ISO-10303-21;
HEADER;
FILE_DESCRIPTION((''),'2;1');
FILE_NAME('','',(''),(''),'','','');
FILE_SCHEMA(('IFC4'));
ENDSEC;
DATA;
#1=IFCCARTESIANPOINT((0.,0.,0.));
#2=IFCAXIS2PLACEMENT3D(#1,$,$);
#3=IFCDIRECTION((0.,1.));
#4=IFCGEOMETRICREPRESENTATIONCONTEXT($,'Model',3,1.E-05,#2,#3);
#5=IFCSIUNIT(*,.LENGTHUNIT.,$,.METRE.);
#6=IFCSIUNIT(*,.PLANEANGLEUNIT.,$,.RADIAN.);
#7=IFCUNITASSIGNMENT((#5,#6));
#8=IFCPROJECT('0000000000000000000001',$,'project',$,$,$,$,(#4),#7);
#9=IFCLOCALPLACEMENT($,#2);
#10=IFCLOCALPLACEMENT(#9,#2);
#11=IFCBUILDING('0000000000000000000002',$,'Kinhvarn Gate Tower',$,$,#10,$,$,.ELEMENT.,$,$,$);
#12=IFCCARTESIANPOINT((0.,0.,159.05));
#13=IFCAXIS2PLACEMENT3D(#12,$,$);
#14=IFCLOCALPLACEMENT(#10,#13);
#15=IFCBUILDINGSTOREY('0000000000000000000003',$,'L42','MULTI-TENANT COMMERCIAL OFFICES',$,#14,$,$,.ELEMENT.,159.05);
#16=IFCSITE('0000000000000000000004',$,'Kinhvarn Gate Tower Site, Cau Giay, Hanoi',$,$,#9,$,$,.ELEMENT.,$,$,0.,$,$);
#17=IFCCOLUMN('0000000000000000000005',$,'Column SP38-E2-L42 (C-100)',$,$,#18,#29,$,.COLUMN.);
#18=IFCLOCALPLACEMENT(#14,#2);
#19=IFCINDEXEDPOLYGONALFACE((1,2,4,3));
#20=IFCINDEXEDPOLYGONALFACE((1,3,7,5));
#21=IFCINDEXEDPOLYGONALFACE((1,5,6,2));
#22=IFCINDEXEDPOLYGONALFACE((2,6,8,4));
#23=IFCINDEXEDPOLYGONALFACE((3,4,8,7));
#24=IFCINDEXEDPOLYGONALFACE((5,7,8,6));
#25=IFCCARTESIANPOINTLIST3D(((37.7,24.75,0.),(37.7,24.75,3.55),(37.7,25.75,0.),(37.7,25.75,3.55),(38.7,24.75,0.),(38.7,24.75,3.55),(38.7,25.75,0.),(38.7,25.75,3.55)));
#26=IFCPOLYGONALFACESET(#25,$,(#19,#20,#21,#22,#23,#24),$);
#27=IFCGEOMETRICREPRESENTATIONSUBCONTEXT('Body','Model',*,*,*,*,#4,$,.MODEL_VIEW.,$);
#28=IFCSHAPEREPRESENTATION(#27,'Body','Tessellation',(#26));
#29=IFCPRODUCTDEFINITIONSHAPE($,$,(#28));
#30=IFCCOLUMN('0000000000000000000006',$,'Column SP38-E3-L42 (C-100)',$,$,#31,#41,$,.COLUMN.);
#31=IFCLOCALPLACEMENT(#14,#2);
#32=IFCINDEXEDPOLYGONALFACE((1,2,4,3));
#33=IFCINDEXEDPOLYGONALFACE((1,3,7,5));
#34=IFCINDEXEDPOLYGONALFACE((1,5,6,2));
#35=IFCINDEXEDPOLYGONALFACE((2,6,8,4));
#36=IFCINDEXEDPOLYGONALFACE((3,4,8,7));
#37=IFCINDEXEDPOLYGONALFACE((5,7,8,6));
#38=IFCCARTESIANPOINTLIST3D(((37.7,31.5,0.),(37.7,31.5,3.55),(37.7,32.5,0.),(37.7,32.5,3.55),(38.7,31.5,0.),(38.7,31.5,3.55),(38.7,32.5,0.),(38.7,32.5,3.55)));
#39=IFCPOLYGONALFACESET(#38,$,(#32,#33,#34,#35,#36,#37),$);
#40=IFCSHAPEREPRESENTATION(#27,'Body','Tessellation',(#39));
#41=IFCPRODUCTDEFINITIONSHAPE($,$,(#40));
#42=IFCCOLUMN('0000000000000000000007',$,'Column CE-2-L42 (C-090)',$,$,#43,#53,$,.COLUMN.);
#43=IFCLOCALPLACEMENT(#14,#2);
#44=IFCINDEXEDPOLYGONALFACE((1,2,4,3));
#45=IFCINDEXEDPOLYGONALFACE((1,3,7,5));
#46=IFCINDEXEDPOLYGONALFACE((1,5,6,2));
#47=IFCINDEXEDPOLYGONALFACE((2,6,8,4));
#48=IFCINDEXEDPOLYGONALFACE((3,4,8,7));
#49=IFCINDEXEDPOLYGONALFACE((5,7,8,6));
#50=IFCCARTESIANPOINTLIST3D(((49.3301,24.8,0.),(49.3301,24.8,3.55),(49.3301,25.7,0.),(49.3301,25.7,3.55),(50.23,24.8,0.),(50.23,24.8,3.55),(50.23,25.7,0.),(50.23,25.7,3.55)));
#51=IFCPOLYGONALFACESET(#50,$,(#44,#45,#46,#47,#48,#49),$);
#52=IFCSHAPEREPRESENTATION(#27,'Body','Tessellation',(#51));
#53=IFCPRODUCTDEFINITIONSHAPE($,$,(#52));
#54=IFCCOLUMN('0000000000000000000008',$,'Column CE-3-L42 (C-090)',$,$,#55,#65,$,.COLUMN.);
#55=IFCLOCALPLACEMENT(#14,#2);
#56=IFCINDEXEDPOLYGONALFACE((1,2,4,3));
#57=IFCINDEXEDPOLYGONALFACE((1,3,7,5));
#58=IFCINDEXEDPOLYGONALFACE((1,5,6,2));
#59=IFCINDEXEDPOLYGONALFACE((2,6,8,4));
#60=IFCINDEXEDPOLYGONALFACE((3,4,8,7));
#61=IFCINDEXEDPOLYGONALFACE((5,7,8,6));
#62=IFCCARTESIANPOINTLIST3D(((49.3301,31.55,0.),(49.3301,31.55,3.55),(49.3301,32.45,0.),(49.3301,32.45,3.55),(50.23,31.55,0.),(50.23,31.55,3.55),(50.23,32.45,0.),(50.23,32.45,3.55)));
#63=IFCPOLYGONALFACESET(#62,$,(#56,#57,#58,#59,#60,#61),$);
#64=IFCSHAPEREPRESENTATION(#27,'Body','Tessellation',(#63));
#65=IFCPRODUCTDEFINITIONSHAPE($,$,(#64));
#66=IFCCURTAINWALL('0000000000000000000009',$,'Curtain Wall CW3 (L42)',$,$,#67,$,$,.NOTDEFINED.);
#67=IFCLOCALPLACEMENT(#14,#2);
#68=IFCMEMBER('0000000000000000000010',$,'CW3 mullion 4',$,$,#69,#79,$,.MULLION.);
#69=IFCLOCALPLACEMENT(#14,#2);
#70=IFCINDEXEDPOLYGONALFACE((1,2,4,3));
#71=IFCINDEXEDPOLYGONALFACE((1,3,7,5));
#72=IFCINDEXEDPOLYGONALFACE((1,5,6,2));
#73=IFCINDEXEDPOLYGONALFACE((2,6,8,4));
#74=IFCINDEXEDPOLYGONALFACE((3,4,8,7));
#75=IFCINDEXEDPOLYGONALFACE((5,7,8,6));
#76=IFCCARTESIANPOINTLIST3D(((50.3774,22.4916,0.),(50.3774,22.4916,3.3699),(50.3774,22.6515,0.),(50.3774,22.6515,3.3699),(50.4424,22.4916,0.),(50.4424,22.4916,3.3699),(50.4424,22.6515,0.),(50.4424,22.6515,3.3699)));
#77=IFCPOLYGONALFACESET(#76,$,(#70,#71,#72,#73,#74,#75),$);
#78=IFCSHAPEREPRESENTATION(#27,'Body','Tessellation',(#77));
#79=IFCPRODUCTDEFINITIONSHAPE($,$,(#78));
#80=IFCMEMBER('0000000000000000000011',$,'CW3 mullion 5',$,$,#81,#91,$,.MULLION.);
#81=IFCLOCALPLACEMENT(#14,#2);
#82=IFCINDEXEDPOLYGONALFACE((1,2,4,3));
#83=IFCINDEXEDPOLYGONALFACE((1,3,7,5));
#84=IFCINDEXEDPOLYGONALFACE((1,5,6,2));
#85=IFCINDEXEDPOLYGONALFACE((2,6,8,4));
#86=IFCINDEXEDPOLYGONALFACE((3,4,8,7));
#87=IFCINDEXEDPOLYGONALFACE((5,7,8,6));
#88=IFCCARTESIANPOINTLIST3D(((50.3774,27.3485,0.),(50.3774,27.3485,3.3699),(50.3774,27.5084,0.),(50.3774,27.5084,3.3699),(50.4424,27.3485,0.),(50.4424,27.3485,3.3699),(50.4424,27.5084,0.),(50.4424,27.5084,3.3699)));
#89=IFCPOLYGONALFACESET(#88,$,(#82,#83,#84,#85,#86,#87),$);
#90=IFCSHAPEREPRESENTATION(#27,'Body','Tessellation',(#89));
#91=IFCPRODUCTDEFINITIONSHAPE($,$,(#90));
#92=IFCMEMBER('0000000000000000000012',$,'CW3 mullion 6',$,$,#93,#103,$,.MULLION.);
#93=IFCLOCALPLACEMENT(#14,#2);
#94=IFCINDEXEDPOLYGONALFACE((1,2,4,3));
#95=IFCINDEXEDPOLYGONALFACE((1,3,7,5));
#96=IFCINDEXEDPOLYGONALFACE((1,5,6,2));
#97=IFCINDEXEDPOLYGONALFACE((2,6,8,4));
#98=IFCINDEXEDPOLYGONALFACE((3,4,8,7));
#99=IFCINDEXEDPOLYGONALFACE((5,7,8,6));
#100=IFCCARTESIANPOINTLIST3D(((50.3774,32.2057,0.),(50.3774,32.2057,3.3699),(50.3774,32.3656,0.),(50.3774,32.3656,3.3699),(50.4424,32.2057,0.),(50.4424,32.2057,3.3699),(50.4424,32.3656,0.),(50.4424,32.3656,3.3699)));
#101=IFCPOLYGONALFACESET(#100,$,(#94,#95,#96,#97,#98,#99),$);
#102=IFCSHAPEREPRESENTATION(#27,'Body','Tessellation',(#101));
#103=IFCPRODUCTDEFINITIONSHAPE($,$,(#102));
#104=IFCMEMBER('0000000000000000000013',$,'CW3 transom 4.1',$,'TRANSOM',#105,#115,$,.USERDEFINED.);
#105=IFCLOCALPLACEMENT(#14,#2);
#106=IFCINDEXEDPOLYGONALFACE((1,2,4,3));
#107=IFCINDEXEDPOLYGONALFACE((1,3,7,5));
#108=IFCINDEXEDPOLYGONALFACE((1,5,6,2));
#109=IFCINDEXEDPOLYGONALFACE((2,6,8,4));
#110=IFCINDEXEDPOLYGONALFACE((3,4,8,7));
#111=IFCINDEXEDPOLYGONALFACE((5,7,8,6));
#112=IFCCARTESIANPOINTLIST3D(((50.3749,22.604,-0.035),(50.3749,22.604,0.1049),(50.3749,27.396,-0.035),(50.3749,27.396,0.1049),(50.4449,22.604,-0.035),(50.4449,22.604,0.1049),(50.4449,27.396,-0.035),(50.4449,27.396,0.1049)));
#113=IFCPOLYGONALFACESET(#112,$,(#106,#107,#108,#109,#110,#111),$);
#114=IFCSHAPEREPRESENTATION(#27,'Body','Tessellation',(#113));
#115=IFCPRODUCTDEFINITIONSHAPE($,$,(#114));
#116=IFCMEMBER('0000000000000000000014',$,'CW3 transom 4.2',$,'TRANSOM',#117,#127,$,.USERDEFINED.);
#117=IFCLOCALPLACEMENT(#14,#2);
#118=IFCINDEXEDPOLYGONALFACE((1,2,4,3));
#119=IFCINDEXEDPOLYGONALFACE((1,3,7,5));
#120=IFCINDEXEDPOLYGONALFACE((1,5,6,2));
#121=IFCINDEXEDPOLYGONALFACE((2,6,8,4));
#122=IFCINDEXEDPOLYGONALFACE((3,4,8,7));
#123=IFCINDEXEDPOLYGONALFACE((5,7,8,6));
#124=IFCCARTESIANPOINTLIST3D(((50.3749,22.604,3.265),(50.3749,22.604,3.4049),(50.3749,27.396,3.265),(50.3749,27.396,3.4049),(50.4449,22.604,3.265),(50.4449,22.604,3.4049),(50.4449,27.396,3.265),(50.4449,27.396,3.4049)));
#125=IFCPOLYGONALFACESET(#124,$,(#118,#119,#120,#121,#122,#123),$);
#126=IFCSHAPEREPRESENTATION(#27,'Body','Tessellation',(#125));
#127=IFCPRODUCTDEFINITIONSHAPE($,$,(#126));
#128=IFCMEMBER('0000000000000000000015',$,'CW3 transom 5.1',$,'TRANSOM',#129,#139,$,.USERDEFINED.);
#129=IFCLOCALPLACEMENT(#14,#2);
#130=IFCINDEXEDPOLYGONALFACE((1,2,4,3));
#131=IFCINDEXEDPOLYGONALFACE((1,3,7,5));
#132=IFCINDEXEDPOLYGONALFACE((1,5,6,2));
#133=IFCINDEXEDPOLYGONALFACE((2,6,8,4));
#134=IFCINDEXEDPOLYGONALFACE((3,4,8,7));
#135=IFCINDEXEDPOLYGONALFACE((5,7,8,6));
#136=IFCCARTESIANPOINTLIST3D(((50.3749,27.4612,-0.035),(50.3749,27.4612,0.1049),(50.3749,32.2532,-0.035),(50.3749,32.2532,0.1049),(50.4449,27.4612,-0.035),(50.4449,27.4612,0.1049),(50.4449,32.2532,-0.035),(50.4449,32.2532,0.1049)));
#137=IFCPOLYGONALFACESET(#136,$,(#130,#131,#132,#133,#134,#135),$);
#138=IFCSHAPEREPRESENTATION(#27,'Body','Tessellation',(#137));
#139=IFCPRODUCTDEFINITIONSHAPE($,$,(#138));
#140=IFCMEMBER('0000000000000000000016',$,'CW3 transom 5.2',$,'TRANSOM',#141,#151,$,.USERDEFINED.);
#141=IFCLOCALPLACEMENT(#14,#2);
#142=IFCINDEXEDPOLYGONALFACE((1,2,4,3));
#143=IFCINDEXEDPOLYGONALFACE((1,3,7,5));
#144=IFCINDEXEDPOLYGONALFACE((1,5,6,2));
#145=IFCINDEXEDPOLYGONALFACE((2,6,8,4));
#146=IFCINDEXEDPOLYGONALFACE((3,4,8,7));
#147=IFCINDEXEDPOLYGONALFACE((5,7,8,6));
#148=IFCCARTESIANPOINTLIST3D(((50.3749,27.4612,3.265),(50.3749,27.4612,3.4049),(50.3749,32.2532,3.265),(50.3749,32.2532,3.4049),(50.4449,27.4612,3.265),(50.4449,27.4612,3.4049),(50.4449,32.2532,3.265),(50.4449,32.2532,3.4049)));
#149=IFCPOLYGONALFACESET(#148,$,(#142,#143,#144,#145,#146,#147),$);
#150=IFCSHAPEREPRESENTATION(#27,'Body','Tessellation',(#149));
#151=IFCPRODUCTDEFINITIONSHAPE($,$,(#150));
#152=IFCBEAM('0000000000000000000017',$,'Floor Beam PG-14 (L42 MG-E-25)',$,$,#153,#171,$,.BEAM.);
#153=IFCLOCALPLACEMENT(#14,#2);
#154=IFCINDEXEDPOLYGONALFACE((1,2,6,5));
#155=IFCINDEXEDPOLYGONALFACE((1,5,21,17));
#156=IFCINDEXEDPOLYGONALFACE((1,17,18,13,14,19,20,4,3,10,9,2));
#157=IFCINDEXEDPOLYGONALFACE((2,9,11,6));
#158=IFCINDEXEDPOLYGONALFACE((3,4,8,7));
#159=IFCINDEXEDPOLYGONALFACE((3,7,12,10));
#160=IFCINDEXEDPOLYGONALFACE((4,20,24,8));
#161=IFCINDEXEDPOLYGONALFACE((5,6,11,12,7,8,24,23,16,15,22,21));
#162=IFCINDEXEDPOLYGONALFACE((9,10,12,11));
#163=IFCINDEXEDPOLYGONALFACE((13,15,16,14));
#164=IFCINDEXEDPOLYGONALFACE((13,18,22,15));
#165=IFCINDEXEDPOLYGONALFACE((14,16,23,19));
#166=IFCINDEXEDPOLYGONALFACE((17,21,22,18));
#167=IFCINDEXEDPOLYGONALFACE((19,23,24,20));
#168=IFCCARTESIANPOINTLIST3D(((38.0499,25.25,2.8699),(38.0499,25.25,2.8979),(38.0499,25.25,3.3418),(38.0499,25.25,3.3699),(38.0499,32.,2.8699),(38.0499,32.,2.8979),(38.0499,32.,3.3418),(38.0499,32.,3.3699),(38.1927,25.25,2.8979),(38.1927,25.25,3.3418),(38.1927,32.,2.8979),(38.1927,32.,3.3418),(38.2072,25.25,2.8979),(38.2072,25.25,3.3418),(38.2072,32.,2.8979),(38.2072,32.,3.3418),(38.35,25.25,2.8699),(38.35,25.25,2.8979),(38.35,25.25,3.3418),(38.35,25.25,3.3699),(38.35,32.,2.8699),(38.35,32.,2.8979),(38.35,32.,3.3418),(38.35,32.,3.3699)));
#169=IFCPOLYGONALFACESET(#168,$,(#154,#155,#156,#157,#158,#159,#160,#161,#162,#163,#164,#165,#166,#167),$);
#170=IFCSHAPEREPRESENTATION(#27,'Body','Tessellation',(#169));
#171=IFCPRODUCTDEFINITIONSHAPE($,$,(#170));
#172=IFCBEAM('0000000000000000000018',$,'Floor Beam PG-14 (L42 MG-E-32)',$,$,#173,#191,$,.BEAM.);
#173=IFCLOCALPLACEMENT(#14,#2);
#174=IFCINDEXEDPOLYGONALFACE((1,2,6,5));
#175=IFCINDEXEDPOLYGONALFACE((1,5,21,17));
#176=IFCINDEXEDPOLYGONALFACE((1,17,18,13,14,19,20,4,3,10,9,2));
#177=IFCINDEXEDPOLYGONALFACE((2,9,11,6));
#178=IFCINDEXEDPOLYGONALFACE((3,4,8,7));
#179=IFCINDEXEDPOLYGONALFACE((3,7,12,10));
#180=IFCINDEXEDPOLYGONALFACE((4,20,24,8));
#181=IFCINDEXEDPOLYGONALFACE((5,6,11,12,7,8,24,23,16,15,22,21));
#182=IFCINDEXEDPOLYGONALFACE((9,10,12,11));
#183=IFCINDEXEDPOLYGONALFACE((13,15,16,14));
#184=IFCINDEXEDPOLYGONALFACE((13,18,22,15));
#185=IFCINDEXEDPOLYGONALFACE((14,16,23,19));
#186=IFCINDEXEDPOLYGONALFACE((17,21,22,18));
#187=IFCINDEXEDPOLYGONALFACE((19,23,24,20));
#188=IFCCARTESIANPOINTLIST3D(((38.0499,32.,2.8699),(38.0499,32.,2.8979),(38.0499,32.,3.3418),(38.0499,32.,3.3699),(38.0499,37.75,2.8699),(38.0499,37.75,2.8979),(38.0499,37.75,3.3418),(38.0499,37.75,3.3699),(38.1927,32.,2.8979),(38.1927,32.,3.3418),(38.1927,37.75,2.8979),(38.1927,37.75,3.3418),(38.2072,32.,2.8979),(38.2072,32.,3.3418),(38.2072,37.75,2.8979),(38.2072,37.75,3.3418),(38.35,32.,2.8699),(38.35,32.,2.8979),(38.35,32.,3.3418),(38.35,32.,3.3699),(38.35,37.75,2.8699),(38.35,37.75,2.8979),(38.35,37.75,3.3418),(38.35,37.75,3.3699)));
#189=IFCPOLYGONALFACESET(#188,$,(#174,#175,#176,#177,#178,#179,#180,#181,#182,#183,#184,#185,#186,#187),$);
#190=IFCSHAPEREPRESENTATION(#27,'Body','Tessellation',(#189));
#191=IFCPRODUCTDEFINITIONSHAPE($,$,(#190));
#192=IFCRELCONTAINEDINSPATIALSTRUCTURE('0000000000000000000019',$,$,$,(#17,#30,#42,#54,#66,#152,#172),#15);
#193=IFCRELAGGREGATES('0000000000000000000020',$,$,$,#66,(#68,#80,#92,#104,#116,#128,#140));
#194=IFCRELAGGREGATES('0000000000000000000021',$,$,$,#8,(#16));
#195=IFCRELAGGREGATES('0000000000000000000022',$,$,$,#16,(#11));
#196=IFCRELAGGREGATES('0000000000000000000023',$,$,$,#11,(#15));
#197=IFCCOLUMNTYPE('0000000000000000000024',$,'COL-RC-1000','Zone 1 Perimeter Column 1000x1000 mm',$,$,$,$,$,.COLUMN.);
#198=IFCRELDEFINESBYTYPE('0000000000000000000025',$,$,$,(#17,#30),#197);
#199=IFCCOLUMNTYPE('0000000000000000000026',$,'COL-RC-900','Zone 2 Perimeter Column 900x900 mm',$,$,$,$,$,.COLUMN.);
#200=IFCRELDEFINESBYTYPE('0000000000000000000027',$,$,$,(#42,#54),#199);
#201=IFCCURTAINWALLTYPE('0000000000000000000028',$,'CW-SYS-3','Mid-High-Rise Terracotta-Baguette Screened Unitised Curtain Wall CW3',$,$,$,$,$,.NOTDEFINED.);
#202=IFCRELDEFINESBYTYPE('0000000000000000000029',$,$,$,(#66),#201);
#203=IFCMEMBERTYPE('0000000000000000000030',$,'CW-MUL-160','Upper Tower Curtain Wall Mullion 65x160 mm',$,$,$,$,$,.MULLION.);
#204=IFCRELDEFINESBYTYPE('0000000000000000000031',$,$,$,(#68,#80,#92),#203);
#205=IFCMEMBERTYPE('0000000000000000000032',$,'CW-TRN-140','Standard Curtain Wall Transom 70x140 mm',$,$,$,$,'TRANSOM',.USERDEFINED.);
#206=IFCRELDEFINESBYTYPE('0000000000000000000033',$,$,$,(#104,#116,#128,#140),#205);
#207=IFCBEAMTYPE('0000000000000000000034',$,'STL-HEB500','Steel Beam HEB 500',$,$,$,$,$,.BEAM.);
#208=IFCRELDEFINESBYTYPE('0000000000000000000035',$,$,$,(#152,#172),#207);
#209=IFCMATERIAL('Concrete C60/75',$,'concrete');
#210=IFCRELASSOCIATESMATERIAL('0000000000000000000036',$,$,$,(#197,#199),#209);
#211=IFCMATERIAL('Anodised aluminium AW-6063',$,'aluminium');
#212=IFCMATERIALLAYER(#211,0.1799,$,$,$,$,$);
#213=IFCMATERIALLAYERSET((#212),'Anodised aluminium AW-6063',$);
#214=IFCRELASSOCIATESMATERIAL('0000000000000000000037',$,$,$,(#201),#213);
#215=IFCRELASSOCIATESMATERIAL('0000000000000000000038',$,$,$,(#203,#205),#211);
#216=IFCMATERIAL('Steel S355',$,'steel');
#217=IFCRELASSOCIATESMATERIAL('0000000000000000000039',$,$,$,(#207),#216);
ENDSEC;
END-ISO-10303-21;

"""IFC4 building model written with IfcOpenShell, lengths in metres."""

from ifc_helpers import new_model, si_unit, direction, frame, origin, origin_2d, place, context, subcontext, project, spatial, rectangle, i_section, extrude, material, layer, layer_set, material_profile, profile_set, type_object, element, aggregate, save


model = new_model("IFC4")

# Units and contexts
model_context = context("Model", 3, precision=1e-05, world=origin(), true_north=direction((0.0, 1.0)))
body_context = subcontext(model_context, "Body", "Model", "MODEL_VIEW")
ifc_project = project(units=[si_unit("LENGTHUNIT", "METRE"), si_unit("PLANEANGLEUNIT", "RADIAN")], contexts=[model_context])

# Site, building, storey
site_placement = place(None, origin())
site = spatial("IfcSite", under=ifc_project, at=site_placement, Name="Kinhvarn Gate Tower Site, Cau Giay, Hanoi", CompositionType="ELEMENT", RefElevation=0.0)
building_placement = place(site_placement, origin())
building = spatial("IfcBuilding", under=site, at=building_placement, Name="Kinhvarn Gate Tower", CompositionType="ELEMENT")
storey_placement = place(building_placement, frame((0.0, 0.0, 159.05)))
storey = spatial("IfcBuildingStorey", under=building, at=storey_placement, Name="L42", Description="MULTI-TENANT COMMERCIAL OFFICES", CompositionType="ELEMENT", Elevation=159.05)

# Columns
ifc_material_1 = material(Name="Concrete C60/75", Category="concrete")
ifc_material_profile_1 = material_profile(ifc_material_1, rectangle(XDim=1.0, YDim=1.0, at=origin_2d()), Name="RC 1000x1000")
ifc_profile_set_1 = profile_set([ifc_material_profile_1], Name="Concrete C60/75")
column_type_1 = type_object("IfcColumnType", Name="COL-RC-1000", Description="Zone 1 Perimeter Column 1000x1000 mm", PredefinedType="COLUMN", material=ifc_profile_set_1)
for number, where, z_axis, x_axis, name in (
    (1, (38.2, 25.25, 0.0), (0.0, 0.0, 1.0), (1.0, 0.0, 0.0), "Column SP38-E2-L42 (C-100)"),
    (2, (38.2, 32.0, 0.0), (0.0, 0.0, 1.0), (1.0, 0.0, 0.0), "Column SP38-E3-L42 (C-100)"),
):
    element("IfcColumn", number, at=place(storey_placement, frame(where, z_axis=z_axis, x_axis=x_axis)), inside=storey, type_object=column_type_1, Name=name, PredefinedType="COLUMN", context=body_context, shape_type="SweptSolid", body=[
        extrude(rectangle(XDim=1.0, YDim=1.0, at=origin_2d()), origin(), (0.0, 0.0, 1.0), 3.55),
    ])
ifc_material_profile_2 = material_profile(ifc_material_1, rectangle(XDim=0.8999, YDim=0.8999, at=origin_2d()), Name="RC 900x900")
ifc_profile_set_2 = profile_set([ifc_material_profile_2], Name="Concrete C60/75")
column_type_2 = type_object("IfcColumnType", Name="COL-RC-900", Description="Zone 2 Perimeter Column 900x900 mm", PredefinedType="COLUMN", material=ifc_profile_set_2)
for number, where, z_axis, x_axis, name in (
    (3, (49.78, 25.25, 0.0), (0.0, 0.0, 1.0), (1.0, 0.0, 0.0), "Column CE-2-L42 (C-090)"),
    (4, (49.78, 32.0, 0.0), (0.0, 0.0, 1.0), (1.0, 0.0, 0.0), "Column CE-3-L42 (C-090)"),
):
    element("IfcColumn", number, at=place(storey_placement, frame(where, z_axis=z_axis, x_axis=x_axis)), inside=storey, type_object=column_type_2, Name=name, PredefinedType="COLUMN", context=body_context, shape_type="SweptSolid", body=[
        extrude(rectangle(XDim=0.8999, YDim=0.8999, at=origin_2d()), origin(), (0.0, 0.0, 1.0), 3.55),
    ])

# Curtain wall, members
ifc_material_2 = material(Name="Anodised aluminium AW-6063", Category="aluminium")
ifc_layer_1 = layer(ifc_material_2, 0.1799)
ifc_layer_set_1 = layer_set([ifc_layer_1], Name="Anodised aluminium AW-6063")
curtain_wall_type = type_object("IfcCurtainWallType", Name="CW-SYS-3", Description="Mid-High-Rise Terracotta-Baguette Screened Unitised Curtain Wall CW3", PredefinedType="NOTDEFINED", material=ifc_layer_set_1)
curtain_wall_placement = place(storey_placement, origin())
curtain_wall = element("IfcCurtainWall", 5, at=curtain_wall_placement, inside=storey, type_object=curtain_wall_type, Name="Curtain Wall CW3 (L42)", PredefinedType="NOTDEFINED")
ifc_material_profile_3 = material_profile(ifc_material_2, rectangle(XDim=0.0649, YDim=0.1599, at=origin_2d()), Name="ALU 65x160")
ifc_profile_set_3 = profile_set([ifc_material_profile_3], Name="Anodised aluminium AW-6063")
member_type_1 = type_object("IfcMemberType", Name="CW-MUL-160", Description="Upper Tower Curtain Wall Mullion 65x160 mm", PredefinedType="MULLION", material=ifc_profile_set_3)
member_1_placement = place(storey_placement, frame((50.4099, 22.5715, 0.0), z_axis=(0.0, 0.0, 1.0), x_axis=(-1.0, 0.0, 0.0)))
member_1 = element("IfcMember", 6, at=member_1_placement, type_object=member_type_1, Name="CW3 mullion 4", PredefinedType="MULLION", context=body_context, shape_type="SweptSolid", body=[
    extrude(rectangle(XDim=0.0649, YDim=0.1599, at=origin_2d()), origin(), (0.0, 0.0, 1.0), 3.3699),
])
member_2_placement = place(storey_placement, frame((50.4099, 27.4285, 0.0), z_axis=(0.0, 0.0, 1.0), x_axis=(-1.0, 0.0, 0.0)))
member_2 = element("IfcMember", 7, at=member_2_placement, type_object=member_type_1, Name="CW3 mullion 5", PredefinedType="MULLION", context=body_context, shape_type="SweptSolid", body=[
    extrude(rectangle(XDim=0.0649, YDim=0.1599, at=origin_2d()), origin(), (0.0, 0.0, 1.0), 3.3699),
])
member_3_placement = place(storey_placement, frame((50.4099, 32.2856, 0.0), z_axis=(0.0, 0.0, 1.0), x_axis=(-1.0, 0.0, 0.0)))
member_3 = element("IfcMember", 8, at=member_3_placement, type_object=member_type_1, Name="CW3 mullion 6", PredefinedType="MULLION", context=body_context, shape_type="SweptSolid", body=[
    extrude(rectangle(XDim=0.0649, YDim=0.1599, at=origin_2d()), origin(), (0.0, 0.0, 1.0), 3.3699),
])
ifc_material_profile_4 = material_profile(ifc_material_2, rectangle(XDim=0.0701, YDim=0.1399, at=origin_2d()), Name="ALU 70x140")
ifc_profile_set_4 = profile_set([ifc_material_profile_4], Name="Anodised aluminium AW-6063")
member_type_2 = type_object("IfcMemberType", Name="CW-TRN-140", Description="Standard Curtain Wall Transom 70x140 mm", ElementType="TRANSOM", PredefinedType="USERDEFINED", material=ifc_profile_set_4)
member_4_placement = place(storey_placement, frame((50.4099, 22.604, 0.0349), z_axis=(0.0, 1.0, 0.0), x_axis=(-1.0, 0.0, 0.0)))
member_4 = element("IfcMember", 9, at=member_4_placement, type_object=member_type_2, Name="CW3 transom 4.1", ObjectType="TRANSOM", PredefinedType="USERDEFINED", context=body_context, shape_type="SweptSolid", body=[
    extrude(rectangle(XDim=0.0701, YDim=0.1399, at=origin_2d()), origin(), (0.0, 0.0, 1.0), 4.792),
])
member_5_placement = place(storey_placement, frame((50.4099, 22.604, 3.335), z_axis=(0.0, 1.0, 0.0), x_axis=(-1.0, 0.0, 0.0)))
member_5 = element("IfcMember", 10, at=member_5_placement, type_object=member_type_2, Name="CW3 transom 4.2", ObjectType="TRANSOM", PredefinedType="USERDEFINED", context=body_context, shape_type="SweptSolid", body=[
    extrude(rectangle(XDim=0.0701, YDim=0.1399, at=origin_2d()), origin(), (0.0, 0.0, 1.0), 4.792),
])
member_6_placement = place(storey_placement, frame((50.4099, 27.4612, 0.0349), z_axis=(0.0, 1.0, 0.0), x_axis=(-1.0, 0.0, 0.0)))
member_6 = element("IfcMember", 11, at=member_6_placement, type_object=member_type_2, Name="CW3 transom 5.1", ObjectType="TRANSOM", PredefinedType="USERDEFINED", context=body_context, shape_type="SweptSolid", body=[
    extrude(rectangle(XDim=0.0701, YDim=0.1399, at=origin_2d()), origin(), (0.0, 0.0, 1.0), 4.792),
])
member_7_placement = place(storey_placement, frame((50.4099, 27.4612, 3.335), z_axis=(0.0, 1.0, 0.0), x_axis=(-1.0, 0.0, 0.0)))
member_7 = element("IfcMember", 12, at=member_7_placement, type_object=member_type_2, Name="CW3 transom 5.2", ObjectType="TRANSOM", PredefinedType="USERDEFINED", context=body_context, shape_type="SweptSolid", body=[
    extrude(rectangle(XDim=0.0701, YDim=0.1399, at=origin_2d()), origin(), (0.0, 0.0, 1.0), 4.792),
])

# Beams
ifc_material_3 = material(Name="Steel S355", Category="steel")
ifc_material_profile_5 = material_profile(ifc_material_3, i_section(OverallWidth=0.3, OverallDepth=0.5, WebThickness=0.0144, FlangeThickness=0.0281, at=origin_2d()), Name="HEB 500")
ifc_profile_set_5 = profile_set([ifc_material_profile_5], Name="Steel S355")
beam_type_1 = type_object("IfcBeamType", Name="STL-HEB500", Description="Steel Beam HEB 500", PredefinedType="BEAM", material=ifc_profile_set_5)
beam_1_placement = place(storey_placement, frame((38.2, 25.25, 3.1199), z_axis=(0.0, 1.0, 0.0), x_axis=(-1.0, 0.0, 0.0)))
element("IfcBeam", 13, at=beam_1_placement, inside=storey, type_object=beam_type_1, Name="Floor Beam PG-14 (L42 MG-E-25)", PredefinedType="BEAM", context=body_context, shape_type="SweptSolid", body=[
    extrude(i_section(OverallWidth=0.3, OverallDepth=0.5, WebThickness=0.0144, FlangeThickness=0.0281, at=origin_2d()), origin(), (0.0, 0.0, 1.0), 6.75),
])
beam_2_placement = place(storey_placement, frame((38.2, 32.0, 3.1199), z_axis=(0.0, 1.0, 0.0), x_axis=(-1.0, 0.0, 0.0)))
element("IfcBeam", 14, at=beam_2_placement, inside=storey, type_object=beam_type_1, Name="Floor Beam PG-14 (L42 MG-E-32)", PredefinedType="BEAM", context=body_context, shape_type="SweptSolid", body=[
    extrude(i_section(OverallWidth=0.3, OverallDepth=0.5, WebThickness=0.0144, FlangeThickness=0.0281, at=origin_2d()), origin(), (0.0, 0.0, 1.0), 5.75),
])

aggregate(curtain_wall, [member_1, member_2, member_3, member_4, member_5, member_6, member_7])

save(model, "model.ifc")
